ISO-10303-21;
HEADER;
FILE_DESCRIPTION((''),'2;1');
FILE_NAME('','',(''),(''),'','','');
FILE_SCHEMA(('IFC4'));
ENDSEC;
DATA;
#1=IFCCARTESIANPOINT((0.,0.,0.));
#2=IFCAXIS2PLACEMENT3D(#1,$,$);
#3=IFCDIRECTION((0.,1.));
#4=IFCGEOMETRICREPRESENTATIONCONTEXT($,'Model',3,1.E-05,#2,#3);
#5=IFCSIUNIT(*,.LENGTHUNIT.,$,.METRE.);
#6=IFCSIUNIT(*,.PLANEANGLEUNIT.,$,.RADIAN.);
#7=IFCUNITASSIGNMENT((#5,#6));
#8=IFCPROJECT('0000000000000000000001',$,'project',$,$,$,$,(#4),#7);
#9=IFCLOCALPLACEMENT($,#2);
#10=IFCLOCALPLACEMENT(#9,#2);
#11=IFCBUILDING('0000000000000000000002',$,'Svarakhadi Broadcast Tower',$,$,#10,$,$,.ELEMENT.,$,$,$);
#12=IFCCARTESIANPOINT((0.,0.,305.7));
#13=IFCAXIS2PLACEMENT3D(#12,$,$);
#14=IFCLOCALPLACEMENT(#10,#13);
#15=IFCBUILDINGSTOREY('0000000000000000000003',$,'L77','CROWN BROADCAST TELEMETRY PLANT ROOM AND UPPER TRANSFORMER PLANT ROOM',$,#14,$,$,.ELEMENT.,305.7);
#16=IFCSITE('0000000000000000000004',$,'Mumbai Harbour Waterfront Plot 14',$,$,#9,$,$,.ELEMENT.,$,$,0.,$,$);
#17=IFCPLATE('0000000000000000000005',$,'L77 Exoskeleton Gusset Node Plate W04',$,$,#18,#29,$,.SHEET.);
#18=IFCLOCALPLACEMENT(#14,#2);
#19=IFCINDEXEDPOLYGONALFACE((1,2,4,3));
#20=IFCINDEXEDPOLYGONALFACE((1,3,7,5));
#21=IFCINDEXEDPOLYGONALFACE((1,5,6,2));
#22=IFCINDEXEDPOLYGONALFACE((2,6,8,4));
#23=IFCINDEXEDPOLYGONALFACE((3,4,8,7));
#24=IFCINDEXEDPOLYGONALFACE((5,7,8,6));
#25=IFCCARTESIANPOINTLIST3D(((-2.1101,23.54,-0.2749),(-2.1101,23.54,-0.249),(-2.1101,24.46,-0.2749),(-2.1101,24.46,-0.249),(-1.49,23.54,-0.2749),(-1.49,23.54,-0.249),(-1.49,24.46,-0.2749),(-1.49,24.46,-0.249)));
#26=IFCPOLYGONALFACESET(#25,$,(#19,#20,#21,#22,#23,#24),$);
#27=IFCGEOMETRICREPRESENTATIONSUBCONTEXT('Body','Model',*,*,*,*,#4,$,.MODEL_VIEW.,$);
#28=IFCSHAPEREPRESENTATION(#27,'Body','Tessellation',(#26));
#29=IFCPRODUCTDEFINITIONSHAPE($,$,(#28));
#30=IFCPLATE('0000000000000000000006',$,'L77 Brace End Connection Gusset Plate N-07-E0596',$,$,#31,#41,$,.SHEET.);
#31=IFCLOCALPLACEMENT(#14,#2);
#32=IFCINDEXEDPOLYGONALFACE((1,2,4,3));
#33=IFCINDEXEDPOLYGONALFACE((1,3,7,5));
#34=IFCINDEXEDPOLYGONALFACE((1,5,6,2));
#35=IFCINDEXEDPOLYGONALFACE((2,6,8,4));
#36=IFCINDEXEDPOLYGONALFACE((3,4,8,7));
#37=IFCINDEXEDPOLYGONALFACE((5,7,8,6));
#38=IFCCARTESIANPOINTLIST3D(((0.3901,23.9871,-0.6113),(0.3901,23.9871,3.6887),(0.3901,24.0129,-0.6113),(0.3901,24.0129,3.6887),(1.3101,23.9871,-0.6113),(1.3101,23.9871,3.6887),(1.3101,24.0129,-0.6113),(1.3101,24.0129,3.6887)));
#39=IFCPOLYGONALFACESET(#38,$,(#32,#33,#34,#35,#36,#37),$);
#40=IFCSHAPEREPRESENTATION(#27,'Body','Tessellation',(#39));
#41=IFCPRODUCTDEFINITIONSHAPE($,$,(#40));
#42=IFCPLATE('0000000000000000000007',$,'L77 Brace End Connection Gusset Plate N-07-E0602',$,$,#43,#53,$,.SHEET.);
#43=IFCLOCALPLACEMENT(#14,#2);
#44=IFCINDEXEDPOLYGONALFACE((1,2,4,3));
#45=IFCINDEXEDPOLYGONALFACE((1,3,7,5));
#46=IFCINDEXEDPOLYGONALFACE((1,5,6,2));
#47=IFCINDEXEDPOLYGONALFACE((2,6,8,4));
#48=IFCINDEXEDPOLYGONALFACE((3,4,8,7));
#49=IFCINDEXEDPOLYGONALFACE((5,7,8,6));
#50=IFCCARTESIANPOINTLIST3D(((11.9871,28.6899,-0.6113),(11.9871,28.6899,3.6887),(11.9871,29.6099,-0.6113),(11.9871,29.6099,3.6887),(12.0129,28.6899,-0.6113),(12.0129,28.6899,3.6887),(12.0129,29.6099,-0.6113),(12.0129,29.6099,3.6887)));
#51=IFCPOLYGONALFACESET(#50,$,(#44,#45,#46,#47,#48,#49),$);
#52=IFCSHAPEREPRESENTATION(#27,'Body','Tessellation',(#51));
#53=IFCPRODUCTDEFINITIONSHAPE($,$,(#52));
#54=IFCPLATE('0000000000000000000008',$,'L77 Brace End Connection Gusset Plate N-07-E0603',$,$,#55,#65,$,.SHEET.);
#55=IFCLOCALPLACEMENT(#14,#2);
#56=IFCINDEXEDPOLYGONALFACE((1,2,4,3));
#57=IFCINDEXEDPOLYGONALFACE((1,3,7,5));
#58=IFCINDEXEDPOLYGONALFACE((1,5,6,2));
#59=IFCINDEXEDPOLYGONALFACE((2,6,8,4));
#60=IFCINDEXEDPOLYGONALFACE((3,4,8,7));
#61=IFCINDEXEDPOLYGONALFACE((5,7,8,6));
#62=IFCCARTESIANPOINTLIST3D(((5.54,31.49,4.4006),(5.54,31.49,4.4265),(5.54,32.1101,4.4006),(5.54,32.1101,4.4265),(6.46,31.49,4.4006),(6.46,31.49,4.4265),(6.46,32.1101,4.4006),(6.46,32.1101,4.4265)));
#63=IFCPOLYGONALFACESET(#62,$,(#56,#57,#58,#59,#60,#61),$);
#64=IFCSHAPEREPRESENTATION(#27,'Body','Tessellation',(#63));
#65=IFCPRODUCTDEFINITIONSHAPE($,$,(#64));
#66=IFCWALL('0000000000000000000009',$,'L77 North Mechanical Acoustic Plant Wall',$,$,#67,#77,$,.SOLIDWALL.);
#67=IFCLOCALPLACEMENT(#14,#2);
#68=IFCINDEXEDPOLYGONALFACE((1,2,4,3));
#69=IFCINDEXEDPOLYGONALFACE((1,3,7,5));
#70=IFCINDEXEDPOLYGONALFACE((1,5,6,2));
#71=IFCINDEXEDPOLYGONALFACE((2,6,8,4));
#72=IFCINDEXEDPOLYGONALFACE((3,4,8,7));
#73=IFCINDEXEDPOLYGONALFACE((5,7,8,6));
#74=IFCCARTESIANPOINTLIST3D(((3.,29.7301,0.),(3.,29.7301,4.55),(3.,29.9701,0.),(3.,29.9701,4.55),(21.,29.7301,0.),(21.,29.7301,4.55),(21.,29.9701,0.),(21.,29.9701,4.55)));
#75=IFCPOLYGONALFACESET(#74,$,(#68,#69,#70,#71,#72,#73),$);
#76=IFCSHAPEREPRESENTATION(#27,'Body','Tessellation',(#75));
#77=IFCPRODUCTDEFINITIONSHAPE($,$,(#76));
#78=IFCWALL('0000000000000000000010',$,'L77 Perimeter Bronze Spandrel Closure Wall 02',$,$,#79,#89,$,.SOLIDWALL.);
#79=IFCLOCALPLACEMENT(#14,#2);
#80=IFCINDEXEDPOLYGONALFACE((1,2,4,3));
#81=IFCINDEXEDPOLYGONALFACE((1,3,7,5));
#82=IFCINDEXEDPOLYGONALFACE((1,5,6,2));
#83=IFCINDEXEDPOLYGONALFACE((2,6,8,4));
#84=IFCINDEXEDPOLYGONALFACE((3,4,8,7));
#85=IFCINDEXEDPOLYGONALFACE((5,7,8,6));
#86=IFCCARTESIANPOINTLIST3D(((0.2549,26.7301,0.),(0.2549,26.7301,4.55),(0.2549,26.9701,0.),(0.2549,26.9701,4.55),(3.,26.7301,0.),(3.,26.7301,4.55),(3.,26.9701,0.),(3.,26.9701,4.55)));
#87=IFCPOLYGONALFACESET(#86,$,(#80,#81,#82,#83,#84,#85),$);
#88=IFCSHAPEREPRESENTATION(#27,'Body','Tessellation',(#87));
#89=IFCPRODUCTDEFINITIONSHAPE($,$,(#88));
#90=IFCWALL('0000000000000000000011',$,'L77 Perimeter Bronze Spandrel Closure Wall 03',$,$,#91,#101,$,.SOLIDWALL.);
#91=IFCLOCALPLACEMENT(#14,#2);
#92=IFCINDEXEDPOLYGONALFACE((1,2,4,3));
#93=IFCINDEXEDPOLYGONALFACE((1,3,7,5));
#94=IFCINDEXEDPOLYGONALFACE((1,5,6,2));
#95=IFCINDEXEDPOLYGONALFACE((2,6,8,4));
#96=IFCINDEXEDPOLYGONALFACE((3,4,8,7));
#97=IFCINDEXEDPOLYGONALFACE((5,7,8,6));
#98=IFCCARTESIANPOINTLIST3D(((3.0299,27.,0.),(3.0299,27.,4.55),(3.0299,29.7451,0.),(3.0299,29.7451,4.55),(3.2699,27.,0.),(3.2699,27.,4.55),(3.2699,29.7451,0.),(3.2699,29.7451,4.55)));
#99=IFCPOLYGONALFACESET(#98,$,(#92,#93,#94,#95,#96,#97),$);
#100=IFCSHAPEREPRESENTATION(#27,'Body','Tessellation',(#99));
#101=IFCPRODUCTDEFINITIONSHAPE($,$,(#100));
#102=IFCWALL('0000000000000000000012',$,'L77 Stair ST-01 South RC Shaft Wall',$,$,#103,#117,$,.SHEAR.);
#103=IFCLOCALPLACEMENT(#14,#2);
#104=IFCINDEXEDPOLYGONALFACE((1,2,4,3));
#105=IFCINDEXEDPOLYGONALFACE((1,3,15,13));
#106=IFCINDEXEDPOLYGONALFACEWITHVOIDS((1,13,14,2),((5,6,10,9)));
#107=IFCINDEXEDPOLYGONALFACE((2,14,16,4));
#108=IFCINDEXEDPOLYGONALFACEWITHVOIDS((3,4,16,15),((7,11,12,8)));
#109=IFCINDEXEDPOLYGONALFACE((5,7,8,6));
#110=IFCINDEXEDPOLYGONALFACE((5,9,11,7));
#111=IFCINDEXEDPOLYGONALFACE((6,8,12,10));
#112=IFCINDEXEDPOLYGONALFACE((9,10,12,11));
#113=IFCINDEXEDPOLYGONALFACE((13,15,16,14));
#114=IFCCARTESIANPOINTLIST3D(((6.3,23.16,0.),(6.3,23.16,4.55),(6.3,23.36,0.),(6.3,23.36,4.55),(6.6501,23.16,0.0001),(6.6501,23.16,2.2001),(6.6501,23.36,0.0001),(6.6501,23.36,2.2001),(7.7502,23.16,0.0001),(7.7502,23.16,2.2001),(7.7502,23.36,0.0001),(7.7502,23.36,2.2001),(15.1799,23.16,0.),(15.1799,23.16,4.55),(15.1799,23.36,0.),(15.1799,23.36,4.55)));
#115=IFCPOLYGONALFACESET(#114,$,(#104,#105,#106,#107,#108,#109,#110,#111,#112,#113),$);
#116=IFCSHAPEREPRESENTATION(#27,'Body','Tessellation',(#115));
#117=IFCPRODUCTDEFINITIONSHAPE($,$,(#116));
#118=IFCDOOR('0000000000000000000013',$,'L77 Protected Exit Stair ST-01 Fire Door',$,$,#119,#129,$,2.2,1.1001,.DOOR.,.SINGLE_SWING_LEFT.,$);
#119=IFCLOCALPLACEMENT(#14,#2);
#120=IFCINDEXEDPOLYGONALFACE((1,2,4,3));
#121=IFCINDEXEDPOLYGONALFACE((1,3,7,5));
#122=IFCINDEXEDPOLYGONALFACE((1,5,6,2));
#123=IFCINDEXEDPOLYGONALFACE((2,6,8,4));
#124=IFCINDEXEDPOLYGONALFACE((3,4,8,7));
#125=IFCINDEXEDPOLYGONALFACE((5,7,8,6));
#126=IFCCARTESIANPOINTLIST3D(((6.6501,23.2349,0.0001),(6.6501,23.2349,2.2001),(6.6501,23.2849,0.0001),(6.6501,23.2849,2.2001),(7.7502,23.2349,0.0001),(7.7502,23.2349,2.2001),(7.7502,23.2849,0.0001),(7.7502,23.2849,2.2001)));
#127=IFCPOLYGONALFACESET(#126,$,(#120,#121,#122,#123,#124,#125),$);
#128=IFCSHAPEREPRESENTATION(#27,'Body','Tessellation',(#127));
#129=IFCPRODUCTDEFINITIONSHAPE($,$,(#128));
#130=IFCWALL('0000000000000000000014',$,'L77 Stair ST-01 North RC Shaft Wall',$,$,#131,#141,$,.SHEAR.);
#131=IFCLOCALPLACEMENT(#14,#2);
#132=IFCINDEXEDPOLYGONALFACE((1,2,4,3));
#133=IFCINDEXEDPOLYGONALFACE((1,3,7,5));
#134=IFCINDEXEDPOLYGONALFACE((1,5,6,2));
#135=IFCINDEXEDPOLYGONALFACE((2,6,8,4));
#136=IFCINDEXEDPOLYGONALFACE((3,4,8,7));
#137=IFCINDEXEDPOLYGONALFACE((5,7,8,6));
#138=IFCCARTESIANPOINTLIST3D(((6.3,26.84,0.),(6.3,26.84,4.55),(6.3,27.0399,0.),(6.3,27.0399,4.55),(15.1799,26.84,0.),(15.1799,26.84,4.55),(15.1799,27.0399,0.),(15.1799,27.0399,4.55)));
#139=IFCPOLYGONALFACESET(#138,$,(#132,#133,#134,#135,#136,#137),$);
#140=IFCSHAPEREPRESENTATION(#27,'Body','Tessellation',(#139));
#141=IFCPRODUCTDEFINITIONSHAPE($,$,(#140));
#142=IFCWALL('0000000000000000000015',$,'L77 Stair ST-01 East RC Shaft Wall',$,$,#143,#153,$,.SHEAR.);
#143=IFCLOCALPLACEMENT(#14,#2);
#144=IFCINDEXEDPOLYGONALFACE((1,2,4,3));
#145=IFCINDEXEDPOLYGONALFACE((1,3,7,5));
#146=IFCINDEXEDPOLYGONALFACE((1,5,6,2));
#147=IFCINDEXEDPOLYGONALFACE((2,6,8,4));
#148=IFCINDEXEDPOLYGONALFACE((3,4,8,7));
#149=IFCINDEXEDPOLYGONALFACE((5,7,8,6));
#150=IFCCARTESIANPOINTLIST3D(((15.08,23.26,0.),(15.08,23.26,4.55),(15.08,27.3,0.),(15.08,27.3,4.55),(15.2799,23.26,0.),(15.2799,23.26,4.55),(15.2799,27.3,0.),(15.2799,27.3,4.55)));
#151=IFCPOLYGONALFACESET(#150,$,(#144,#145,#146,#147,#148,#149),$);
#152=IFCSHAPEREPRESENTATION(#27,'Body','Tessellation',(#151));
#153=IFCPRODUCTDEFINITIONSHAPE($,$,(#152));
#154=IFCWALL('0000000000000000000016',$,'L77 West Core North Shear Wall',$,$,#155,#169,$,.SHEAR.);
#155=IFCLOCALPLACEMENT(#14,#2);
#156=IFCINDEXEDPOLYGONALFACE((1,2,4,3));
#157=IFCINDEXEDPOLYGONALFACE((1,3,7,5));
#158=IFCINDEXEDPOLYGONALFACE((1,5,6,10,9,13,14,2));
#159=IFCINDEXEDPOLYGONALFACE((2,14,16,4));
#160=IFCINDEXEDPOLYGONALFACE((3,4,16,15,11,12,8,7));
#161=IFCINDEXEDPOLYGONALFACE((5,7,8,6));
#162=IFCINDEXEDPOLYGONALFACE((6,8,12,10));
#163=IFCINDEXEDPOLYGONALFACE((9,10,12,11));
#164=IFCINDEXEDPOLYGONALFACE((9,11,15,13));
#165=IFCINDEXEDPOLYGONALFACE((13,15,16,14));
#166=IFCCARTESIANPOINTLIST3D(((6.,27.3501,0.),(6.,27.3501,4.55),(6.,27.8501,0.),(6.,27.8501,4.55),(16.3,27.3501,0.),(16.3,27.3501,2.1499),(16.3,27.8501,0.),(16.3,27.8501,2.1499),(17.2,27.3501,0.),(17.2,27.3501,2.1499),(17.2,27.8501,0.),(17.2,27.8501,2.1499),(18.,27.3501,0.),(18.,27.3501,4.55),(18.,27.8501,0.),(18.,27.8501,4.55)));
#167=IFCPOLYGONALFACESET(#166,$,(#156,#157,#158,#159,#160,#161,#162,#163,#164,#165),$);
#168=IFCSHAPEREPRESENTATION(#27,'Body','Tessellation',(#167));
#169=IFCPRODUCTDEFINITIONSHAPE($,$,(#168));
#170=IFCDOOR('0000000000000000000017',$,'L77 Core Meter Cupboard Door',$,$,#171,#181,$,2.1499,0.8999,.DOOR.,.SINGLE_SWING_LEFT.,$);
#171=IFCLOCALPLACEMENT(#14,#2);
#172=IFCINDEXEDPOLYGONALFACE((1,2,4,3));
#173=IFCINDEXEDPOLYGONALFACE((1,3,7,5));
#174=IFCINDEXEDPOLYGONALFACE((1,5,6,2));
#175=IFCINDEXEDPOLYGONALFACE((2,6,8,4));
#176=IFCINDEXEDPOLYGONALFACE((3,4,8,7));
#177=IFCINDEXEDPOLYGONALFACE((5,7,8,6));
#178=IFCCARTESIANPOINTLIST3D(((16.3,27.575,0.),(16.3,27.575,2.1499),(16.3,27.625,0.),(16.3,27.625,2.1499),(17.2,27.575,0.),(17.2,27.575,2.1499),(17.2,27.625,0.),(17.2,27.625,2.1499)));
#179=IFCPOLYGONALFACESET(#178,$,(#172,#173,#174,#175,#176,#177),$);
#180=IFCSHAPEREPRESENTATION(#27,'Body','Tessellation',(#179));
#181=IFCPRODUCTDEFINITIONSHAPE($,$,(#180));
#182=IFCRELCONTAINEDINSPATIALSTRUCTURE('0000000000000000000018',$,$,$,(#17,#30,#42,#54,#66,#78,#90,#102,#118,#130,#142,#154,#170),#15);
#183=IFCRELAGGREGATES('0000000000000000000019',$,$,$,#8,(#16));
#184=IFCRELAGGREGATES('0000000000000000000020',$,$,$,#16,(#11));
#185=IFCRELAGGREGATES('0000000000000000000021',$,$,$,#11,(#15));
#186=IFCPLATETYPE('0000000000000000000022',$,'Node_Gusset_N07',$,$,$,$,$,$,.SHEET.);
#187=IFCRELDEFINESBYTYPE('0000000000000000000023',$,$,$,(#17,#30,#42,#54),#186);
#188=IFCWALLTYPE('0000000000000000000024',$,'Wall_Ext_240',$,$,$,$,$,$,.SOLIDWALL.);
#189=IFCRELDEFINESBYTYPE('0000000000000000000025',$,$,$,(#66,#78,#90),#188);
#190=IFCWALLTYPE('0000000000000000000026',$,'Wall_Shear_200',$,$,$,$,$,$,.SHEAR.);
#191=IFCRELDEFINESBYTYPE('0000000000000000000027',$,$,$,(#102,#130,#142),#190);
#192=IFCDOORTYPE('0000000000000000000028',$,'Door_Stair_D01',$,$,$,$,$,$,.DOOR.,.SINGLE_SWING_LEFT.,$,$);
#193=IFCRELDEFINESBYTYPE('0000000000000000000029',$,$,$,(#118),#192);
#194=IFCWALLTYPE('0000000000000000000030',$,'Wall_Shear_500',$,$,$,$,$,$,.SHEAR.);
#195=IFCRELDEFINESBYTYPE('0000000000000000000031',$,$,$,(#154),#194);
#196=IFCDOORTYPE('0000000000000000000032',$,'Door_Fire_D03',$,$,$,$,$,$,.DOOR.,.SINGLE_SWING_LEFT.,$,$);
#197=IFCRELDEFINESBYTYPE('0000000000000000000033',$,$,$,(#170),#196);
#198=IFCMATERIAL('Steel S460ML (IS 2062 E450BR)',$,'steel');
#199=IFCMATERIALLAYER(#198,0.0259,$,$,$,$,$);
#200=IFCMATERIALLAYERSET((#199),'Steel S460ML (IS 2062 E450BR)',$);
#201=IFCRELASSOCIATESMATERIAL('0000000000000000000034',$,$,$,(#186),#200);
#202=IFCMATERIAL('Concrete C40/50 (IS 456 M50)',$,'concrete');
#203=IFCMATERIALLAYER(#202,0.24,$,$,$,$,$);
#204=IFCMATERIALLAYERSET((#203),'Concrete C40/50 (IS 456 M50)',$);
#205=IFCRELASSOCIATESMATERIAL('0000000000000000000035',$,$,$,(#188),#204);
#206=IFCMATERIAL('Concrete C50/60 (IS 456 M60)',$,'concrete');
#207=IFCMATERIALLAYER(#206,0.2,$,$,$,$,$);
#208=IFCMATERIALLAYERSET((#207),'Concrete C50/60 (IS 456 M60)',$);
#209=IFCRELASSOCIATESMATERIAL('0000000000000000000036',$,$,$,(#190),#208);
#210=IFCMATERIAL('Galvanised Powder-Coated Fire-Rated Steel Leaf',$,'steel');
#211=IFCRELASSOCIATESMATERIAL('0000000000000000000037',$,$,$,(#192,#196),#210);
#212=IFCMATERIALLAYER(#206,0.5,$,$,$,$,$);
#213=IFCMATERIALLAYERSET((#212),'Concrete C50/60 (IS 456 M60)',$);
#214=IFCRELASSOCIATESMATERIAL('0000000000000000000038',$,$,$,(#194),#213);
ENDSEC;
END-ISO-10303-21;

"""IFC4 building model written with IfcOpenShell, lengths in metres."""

from ifc_helpers import new_model, si_unit, direction, frame, frame_2d, origin, origin_2d, place, context, subcontext, project, spatial, rectangle, extrude, material, layer, layer_set, type_object, element, fill, save


model = new_model("IFC4")

# Units and contexts
model_context = context("Model", 3, precision=1e-05, world=origin(), true_north=direction((0.0, 1.0)))
body_context = subcontext(model_context, "Body", "Model", "MODEL_VIEW")
ifc_project = project(units=[si_unit("LENGTHUNIT", "METRE"), si_unit("PLANEANGLEUNIT", "RADIAN")], contexts=[model_context])

# Site, building, storey
site_placement = place(None, origin())
site = spatial("IfcSite", under=ifc_project, at=site_placement, Name="Mumbai Harbour Waterfront Plot 14", CompositionType="ELEMENT", RefElevation=0.0)
building_placement = place(site_placement, origin())
building = spatial("IfcBuilding", under=site, at=building_placement, Name="Svarakhadi Broadcast Tower", CompositionType="ELEMENT")
storey_placement = place(building_placement, frame((0.0, 0.0, 305.7)))
storey = spatial("IfcBuildingStorey", under=building, at=storey_placement, Name="L77", Description="CROWN BROADCAST TELEMETRY PLANT ROOM AND UPPER TRANSFORMER PLANT ROOM", CompositionType="ELEMENT", Elevation=305.7)

# Shared definitions
ifc_material_1 = material(Name="Concrete C50/60 (IS 456 M60)", Category="concrete")
ifc_material_2 = material(Name="Steel S460ML (IS 2062 E450BR)", Category="steel")

# Plates
ifc_layer_1 = layer(ifc_material_2, 0.0259)
ifc_layer_set_1 = layer_set([ifc_layer_1], Name="Steel S460ML (IS 2062 E450BR)")
plate_type_1 = type_object("IfcPlateType", Name="Node_Gusset_N07", PredefinedType="SHEET", material=ifc_layer_set_1)
plate_1_placement = place(storey_placement, frame((-1.8, 24.0, -0.2749), z_axis=(0.0, 0.0, 1.0), x_axis=(0.0, 1.0, 0.0)))
element("IfcPlate", 1, at=plate_1_placement, inside=storey, type_object=plate_type_1, Name="L77 Exoskeleton Gusset Node Plate W04", PredefinedType="SHEET", context=body_context, shape_type="SweptSolid", body=[
    extrude(rectangle(XDim=0.9199, YDim=0.6201, at=origin_2d()), origin(), (0.0, 0.0, 1.0), 0.0259),
])
for number, where, z_axis, x_axis, name in (
    (2, (0.8501, 24.0, -0.6113), (0.0, 0.0, 1.0), (1.0, 0.0, 0.0), "L77 Brace End Connection Gusset Plate N-07-E0596"),
    (3, (12.0, 29.1499, -0.6113), (0.0, 0.0, 1.0), (0.0, 1.0, 0.0), "L77 Brace End Connection Gusset Plate N-07-E0602"),
):
    element("IfcPlate", number, at=place(storey_placement, frame(where, z_axis=z_axis, x_axis=x_axis)), inside=storey, type_object=plate_type_1, Name=name, PredefinedType="SHEET", context=body_context, shape_type="SweptSolid", body=[
        extrude(rectangle(XDim=0.9199, YDim=0.0259, at=origin_2d()), origin(), (0.0, 0.0, 1.0), 4.3),
    ])
plate_2_placement = place(storey_placement, frame((6.0, 31.8, 4.4006), z_axis=(0.0, 0.0, 1.0), x_axis=(1.0, 0.0, 0.0)))
element("IfcPlate", 4, at=plate_2_placement, inside=storey, type_object=plate_type_1, Name="L77 Brace End Connection Gusset Plate N-07-E0603", PredefinedType="SHEET", context=body_context, shape_type="SweptSolid", body=[
    extrude(rectangle(XDim=0.9199, YDim=0.6201, at=origin_2d()), origin(), (0.0, 0.0, 1.0), 0.0259),
])

# Walls
ifc_material_3 = material(Name="Concrete C40/50 (IS 456 M50)", Category="concrete")
ifc_layer_2 = layer(ifc_material_3, 0.24)
ifc_layer_set_2 = layer_set([ifc_layer_2], Name="Concrete C40/50 (IS 456 M50)")
wall_type_1 = type_object("IfcWallType", Name="Wall_Ext_240", PredefinedType="SOLIDWALL", material=ifc_layer_set_2)
wall_1_placement = place(storey_placement, frame((3.0, 29.8501, 0.0), z_axis=(0.0, 0.0, 1.0), x_axis=(1.0, 0.0, 0.0)))
element("IfcWall", 5, at=wall_1_placement, inside=storey, type_object=wall_type_1, Name="L77 North Mechanical Acoustic Plant Wall", PredefinedType="SOLIDWALL", context=body_context, shape_type="SweptSolid", body=[
    extrude(rectangle(XDim=18.0, YDim=0.24, at=frame_2d((9.0, 0.0))), origin(), (0.0, 0.0, 1.0), 4.55),
])
for number, where, z_axis, x_axis, name in (
    (6, (0.2549, 26.8501, 0.0), (0.0, 0.0, 1.0), (1.0, 0.0, 0.0), "L77 Perimeter Bronze Spandrel Closure Wall 02"),
    (7, (3.1499, 27.0, 0.0), (0.0, 0.0, 1.0), (0.0, 1.0, 0.0), "L77 Perimeter Bronze Spandrel Closure Wall 03"),
):
    element("IfcWall", number, at=place(storey_placement, frame(where, z_axis=z_axis, x_axis=x_axis)), inside=storey, type_object=wall_type_1, Name=name, PredefinedType="SOLIDWALL", context=body_context, shape_type="SweptSolid", body=[
        extrude(rectangle(XDim=2.7451, YDim=0.24, at=frame_2d((1.3726, 0.0))), origin(), (0.0, 0.0, 1.0), 4.55),
    ])

# Wall, opening, door
ifc_layer_3 = layer(ifc_material_1, 0.2)
ifc_layer_set_3 = layer_set([ifc_layer_3], Name="Concrete C50/60 (IS 456 M60)")
wall_type_2 = type_object("IfcWallType", Name="Wall_Shear_200", PredefinedType="SHEAR", material=ifc_layer_set_3)
wall_2_placement = place(storey_placement, frame((6.3, 23.26, 0.0), z_axis=(0.0, 0.0, 1.0), x_axis=(1.0, 0.0, 0.0)))
wall_2 = element("IfcWall", 8, at=wall_2_placement, inside=storey, type_object=wall_type_2, Name="L77 Stair ST-01 South RC Shaft Wall", PredefinedType="SHEAR", context=body_context, shape_type="SweptSolid", body=[
    extrude(rectangle(XDim=8.8799, YDim=0.2, at=frame_2d((4.4399, 0.0))), origin(), (0.0, 0.0, 1.0), 4.55),
])
opening_1_placement = place(wall_2_placement, frame((0.3501, 0.0, 0.0)))
opening_1 = element("IfcOpeningElement", 9, at=opening_1_placement, cuts=wall_2, PredefinedType="OPENING", context=body_context, shape_type="SweptSolid", body=[
    extrude(rectangle(XDim=1.1001, YDim=2.2, at=frame_2d((0.55, 1.1001))), frame((0.0, 0.1099, 0.0), z_axis=(0.0, -1.0, 0.0), x_axis=(1.0, 0.0, 0.0)), (0.0, 0.0, 1.0), 0.22),
])
ifc_material_4 = material(Name="Galvanised Powder-Coated Fire-Rated Steel Leaf", Category="steel")
door_type_1 = type_object("IfcDoorType", Name="Door_Stair_D01", OperationType="SINGLE_SWING_LEFT", PredefinedType="DOOR", material=ifc_material_4)
door_1_placement = place(opening_1_placement, origin())
door_1 = element("IfcDoor", 10, at=door_1_placement, inside=storey, type_object=door_type_1, Name="L77 Protected Exit Stair ST-01 Fire Door", OperationType="SINGLE_SWING_LEFT", OverallHeight=2.2, OverallWidth=1.1001, PredefinedType="DOOR", context=body_context, shape_type="SweptSolid", body=[
    extrude(rectangle(XDim=1.1001, YDim=2.2, at=frame_2d((0.55, 1.1001))), frame((0.0, 0.0249, 0.0), z_axis=(0.0, -1.0, 0.0), x_axis=(1.0, 0.0, 0.0)), (0.0, 0.0, 1.0), 0.05),
])
fill(opening_1, door_1)

# Walls
wall_3_placement = place(storey_placement, frame((6.3, 26.9399, 0.0), z_axis=(0.0, 0.0, 1.0), x_axis=(1.0, 0.0, 0.0)))
element("IfcWall", 11, at=wall_3_placement, inside=storey, type_object=wall_type_2, Name="L77 Stair ST-01 North RC Shaft Wall", PredefinedType="SHEAR", context=body_context, shape_type="SweptSolid", body=[
    extrude(rectangle(XDim=8.8799, YDim=0.2, at=frame_2d((4.4399, 0.0))), origin(), (0.0, 0.0, 1.0), 4.55),
])
wall_4_placement = place(storey_placement, frame((15.1799, 23.26, 0.0), z_axis=(0.0, 0.0, 1.0), x_axis=(0.0, 1.0, 0.0)))
element("IfcWall", 12, at=wall_4_placement, inside=storey, type_object=wall_type_2, Name="L77 Stair ST-01 East RC Shaft Wall", PredefinedType="SHEAR", context=body_context, shape_type="SweptSolid", body=[
    extrude(rectangle(XDim=4.04, YDim=0.2, at=frame_2d((2.02, 0.0))), origin(), (0.0, 0.0, 1.0), 4.55),
])

# Wall, opening, door
ifc_layer_4 = layer(ifc_material_1, 0.5)
ifc_layer_set_4 = layer_set([ifc_layer_4], Name="Concrete C50/60 (IS 456 M60)")
wall_type_3 = type_object("IfcWallType", Name="Wall_Shear_500", PredefinedType="SHEAR", material=ifc_layer_set_4)
wall_5_placement = place(storey_placement, frame((6.0, 27.6001, 0.0), z_axis=(0.0, 0.0, 1.0), x_axis=(1.0, 0.0, 0.0)))
wall_5 = element("IfcWall", 13, at=wall_5_placement, inside=storey, type_object=wall_type_3, Name="L77 West Core North Shear Wall", PredefinedType="SHEAR", context=body_context, shape_type="SweptSolid", body=[
    extrude(rectangle(XDim=12.0, YDim=0.5, at=frame_2d((6.0, 0.0))), origin(), (0.0, 0.0, 1.0), 4.55),
])
opening_2_placement = place(wall_5_placement, frame((10.3, 0.0, 0.0)))
opening_2 = element("IfcOpeningElement", 14, at=opening_2_placement, cuts=wall_5, PredefinedType="OPENING", context=body_context, shape_type="SweptSolid", body=[
    extrude(rectangle(XDim=0.8999, YDim=2.1499, at=frame_2d((0.45, 1.075))), frame((0.0, 0.26, 0.0), z_axis=(0.0, -1.0, 0.0), x_axis=(1.0, 0.0, 0.0)), (0.0, 0.0, 1.0), 0.52),
])
door_type_2 = type_object("IfcDoorType", Name="Door_Fire_D03", OperationType="SINGLE_SWING_LEFT", PredefinedType="DOOR", material=ifc_material_4)
door_2_placement = place(opening_2_placement, origin())
door_2 = element("IfcDoor", 15, at=door_2_placement, inside=storey, type_object=door_type_2, Name="L77 Core Meter Cupboard Door", OperationType="SINGLE_SWING_LEFT", OverallHeight=2.1499, OverallWidth=0.8999, PredefinedType="DOOR", context=body_context, shape_type="SweptSolid", body=[
    extrude(rectangle(XDim=0.8999, YDim=2.1499, at=frame_2d((0.45, 1.075))), frame((0.0, 0.0249, 0.0), z_axis=(0.0, -1.0, 0.0), x_axis=(1.0, 0.0, 0.0)), (0.0, 0.0, 1.0), 0.05),
])
fill(opening_2, door_2)

save(model, "model.ifc")
